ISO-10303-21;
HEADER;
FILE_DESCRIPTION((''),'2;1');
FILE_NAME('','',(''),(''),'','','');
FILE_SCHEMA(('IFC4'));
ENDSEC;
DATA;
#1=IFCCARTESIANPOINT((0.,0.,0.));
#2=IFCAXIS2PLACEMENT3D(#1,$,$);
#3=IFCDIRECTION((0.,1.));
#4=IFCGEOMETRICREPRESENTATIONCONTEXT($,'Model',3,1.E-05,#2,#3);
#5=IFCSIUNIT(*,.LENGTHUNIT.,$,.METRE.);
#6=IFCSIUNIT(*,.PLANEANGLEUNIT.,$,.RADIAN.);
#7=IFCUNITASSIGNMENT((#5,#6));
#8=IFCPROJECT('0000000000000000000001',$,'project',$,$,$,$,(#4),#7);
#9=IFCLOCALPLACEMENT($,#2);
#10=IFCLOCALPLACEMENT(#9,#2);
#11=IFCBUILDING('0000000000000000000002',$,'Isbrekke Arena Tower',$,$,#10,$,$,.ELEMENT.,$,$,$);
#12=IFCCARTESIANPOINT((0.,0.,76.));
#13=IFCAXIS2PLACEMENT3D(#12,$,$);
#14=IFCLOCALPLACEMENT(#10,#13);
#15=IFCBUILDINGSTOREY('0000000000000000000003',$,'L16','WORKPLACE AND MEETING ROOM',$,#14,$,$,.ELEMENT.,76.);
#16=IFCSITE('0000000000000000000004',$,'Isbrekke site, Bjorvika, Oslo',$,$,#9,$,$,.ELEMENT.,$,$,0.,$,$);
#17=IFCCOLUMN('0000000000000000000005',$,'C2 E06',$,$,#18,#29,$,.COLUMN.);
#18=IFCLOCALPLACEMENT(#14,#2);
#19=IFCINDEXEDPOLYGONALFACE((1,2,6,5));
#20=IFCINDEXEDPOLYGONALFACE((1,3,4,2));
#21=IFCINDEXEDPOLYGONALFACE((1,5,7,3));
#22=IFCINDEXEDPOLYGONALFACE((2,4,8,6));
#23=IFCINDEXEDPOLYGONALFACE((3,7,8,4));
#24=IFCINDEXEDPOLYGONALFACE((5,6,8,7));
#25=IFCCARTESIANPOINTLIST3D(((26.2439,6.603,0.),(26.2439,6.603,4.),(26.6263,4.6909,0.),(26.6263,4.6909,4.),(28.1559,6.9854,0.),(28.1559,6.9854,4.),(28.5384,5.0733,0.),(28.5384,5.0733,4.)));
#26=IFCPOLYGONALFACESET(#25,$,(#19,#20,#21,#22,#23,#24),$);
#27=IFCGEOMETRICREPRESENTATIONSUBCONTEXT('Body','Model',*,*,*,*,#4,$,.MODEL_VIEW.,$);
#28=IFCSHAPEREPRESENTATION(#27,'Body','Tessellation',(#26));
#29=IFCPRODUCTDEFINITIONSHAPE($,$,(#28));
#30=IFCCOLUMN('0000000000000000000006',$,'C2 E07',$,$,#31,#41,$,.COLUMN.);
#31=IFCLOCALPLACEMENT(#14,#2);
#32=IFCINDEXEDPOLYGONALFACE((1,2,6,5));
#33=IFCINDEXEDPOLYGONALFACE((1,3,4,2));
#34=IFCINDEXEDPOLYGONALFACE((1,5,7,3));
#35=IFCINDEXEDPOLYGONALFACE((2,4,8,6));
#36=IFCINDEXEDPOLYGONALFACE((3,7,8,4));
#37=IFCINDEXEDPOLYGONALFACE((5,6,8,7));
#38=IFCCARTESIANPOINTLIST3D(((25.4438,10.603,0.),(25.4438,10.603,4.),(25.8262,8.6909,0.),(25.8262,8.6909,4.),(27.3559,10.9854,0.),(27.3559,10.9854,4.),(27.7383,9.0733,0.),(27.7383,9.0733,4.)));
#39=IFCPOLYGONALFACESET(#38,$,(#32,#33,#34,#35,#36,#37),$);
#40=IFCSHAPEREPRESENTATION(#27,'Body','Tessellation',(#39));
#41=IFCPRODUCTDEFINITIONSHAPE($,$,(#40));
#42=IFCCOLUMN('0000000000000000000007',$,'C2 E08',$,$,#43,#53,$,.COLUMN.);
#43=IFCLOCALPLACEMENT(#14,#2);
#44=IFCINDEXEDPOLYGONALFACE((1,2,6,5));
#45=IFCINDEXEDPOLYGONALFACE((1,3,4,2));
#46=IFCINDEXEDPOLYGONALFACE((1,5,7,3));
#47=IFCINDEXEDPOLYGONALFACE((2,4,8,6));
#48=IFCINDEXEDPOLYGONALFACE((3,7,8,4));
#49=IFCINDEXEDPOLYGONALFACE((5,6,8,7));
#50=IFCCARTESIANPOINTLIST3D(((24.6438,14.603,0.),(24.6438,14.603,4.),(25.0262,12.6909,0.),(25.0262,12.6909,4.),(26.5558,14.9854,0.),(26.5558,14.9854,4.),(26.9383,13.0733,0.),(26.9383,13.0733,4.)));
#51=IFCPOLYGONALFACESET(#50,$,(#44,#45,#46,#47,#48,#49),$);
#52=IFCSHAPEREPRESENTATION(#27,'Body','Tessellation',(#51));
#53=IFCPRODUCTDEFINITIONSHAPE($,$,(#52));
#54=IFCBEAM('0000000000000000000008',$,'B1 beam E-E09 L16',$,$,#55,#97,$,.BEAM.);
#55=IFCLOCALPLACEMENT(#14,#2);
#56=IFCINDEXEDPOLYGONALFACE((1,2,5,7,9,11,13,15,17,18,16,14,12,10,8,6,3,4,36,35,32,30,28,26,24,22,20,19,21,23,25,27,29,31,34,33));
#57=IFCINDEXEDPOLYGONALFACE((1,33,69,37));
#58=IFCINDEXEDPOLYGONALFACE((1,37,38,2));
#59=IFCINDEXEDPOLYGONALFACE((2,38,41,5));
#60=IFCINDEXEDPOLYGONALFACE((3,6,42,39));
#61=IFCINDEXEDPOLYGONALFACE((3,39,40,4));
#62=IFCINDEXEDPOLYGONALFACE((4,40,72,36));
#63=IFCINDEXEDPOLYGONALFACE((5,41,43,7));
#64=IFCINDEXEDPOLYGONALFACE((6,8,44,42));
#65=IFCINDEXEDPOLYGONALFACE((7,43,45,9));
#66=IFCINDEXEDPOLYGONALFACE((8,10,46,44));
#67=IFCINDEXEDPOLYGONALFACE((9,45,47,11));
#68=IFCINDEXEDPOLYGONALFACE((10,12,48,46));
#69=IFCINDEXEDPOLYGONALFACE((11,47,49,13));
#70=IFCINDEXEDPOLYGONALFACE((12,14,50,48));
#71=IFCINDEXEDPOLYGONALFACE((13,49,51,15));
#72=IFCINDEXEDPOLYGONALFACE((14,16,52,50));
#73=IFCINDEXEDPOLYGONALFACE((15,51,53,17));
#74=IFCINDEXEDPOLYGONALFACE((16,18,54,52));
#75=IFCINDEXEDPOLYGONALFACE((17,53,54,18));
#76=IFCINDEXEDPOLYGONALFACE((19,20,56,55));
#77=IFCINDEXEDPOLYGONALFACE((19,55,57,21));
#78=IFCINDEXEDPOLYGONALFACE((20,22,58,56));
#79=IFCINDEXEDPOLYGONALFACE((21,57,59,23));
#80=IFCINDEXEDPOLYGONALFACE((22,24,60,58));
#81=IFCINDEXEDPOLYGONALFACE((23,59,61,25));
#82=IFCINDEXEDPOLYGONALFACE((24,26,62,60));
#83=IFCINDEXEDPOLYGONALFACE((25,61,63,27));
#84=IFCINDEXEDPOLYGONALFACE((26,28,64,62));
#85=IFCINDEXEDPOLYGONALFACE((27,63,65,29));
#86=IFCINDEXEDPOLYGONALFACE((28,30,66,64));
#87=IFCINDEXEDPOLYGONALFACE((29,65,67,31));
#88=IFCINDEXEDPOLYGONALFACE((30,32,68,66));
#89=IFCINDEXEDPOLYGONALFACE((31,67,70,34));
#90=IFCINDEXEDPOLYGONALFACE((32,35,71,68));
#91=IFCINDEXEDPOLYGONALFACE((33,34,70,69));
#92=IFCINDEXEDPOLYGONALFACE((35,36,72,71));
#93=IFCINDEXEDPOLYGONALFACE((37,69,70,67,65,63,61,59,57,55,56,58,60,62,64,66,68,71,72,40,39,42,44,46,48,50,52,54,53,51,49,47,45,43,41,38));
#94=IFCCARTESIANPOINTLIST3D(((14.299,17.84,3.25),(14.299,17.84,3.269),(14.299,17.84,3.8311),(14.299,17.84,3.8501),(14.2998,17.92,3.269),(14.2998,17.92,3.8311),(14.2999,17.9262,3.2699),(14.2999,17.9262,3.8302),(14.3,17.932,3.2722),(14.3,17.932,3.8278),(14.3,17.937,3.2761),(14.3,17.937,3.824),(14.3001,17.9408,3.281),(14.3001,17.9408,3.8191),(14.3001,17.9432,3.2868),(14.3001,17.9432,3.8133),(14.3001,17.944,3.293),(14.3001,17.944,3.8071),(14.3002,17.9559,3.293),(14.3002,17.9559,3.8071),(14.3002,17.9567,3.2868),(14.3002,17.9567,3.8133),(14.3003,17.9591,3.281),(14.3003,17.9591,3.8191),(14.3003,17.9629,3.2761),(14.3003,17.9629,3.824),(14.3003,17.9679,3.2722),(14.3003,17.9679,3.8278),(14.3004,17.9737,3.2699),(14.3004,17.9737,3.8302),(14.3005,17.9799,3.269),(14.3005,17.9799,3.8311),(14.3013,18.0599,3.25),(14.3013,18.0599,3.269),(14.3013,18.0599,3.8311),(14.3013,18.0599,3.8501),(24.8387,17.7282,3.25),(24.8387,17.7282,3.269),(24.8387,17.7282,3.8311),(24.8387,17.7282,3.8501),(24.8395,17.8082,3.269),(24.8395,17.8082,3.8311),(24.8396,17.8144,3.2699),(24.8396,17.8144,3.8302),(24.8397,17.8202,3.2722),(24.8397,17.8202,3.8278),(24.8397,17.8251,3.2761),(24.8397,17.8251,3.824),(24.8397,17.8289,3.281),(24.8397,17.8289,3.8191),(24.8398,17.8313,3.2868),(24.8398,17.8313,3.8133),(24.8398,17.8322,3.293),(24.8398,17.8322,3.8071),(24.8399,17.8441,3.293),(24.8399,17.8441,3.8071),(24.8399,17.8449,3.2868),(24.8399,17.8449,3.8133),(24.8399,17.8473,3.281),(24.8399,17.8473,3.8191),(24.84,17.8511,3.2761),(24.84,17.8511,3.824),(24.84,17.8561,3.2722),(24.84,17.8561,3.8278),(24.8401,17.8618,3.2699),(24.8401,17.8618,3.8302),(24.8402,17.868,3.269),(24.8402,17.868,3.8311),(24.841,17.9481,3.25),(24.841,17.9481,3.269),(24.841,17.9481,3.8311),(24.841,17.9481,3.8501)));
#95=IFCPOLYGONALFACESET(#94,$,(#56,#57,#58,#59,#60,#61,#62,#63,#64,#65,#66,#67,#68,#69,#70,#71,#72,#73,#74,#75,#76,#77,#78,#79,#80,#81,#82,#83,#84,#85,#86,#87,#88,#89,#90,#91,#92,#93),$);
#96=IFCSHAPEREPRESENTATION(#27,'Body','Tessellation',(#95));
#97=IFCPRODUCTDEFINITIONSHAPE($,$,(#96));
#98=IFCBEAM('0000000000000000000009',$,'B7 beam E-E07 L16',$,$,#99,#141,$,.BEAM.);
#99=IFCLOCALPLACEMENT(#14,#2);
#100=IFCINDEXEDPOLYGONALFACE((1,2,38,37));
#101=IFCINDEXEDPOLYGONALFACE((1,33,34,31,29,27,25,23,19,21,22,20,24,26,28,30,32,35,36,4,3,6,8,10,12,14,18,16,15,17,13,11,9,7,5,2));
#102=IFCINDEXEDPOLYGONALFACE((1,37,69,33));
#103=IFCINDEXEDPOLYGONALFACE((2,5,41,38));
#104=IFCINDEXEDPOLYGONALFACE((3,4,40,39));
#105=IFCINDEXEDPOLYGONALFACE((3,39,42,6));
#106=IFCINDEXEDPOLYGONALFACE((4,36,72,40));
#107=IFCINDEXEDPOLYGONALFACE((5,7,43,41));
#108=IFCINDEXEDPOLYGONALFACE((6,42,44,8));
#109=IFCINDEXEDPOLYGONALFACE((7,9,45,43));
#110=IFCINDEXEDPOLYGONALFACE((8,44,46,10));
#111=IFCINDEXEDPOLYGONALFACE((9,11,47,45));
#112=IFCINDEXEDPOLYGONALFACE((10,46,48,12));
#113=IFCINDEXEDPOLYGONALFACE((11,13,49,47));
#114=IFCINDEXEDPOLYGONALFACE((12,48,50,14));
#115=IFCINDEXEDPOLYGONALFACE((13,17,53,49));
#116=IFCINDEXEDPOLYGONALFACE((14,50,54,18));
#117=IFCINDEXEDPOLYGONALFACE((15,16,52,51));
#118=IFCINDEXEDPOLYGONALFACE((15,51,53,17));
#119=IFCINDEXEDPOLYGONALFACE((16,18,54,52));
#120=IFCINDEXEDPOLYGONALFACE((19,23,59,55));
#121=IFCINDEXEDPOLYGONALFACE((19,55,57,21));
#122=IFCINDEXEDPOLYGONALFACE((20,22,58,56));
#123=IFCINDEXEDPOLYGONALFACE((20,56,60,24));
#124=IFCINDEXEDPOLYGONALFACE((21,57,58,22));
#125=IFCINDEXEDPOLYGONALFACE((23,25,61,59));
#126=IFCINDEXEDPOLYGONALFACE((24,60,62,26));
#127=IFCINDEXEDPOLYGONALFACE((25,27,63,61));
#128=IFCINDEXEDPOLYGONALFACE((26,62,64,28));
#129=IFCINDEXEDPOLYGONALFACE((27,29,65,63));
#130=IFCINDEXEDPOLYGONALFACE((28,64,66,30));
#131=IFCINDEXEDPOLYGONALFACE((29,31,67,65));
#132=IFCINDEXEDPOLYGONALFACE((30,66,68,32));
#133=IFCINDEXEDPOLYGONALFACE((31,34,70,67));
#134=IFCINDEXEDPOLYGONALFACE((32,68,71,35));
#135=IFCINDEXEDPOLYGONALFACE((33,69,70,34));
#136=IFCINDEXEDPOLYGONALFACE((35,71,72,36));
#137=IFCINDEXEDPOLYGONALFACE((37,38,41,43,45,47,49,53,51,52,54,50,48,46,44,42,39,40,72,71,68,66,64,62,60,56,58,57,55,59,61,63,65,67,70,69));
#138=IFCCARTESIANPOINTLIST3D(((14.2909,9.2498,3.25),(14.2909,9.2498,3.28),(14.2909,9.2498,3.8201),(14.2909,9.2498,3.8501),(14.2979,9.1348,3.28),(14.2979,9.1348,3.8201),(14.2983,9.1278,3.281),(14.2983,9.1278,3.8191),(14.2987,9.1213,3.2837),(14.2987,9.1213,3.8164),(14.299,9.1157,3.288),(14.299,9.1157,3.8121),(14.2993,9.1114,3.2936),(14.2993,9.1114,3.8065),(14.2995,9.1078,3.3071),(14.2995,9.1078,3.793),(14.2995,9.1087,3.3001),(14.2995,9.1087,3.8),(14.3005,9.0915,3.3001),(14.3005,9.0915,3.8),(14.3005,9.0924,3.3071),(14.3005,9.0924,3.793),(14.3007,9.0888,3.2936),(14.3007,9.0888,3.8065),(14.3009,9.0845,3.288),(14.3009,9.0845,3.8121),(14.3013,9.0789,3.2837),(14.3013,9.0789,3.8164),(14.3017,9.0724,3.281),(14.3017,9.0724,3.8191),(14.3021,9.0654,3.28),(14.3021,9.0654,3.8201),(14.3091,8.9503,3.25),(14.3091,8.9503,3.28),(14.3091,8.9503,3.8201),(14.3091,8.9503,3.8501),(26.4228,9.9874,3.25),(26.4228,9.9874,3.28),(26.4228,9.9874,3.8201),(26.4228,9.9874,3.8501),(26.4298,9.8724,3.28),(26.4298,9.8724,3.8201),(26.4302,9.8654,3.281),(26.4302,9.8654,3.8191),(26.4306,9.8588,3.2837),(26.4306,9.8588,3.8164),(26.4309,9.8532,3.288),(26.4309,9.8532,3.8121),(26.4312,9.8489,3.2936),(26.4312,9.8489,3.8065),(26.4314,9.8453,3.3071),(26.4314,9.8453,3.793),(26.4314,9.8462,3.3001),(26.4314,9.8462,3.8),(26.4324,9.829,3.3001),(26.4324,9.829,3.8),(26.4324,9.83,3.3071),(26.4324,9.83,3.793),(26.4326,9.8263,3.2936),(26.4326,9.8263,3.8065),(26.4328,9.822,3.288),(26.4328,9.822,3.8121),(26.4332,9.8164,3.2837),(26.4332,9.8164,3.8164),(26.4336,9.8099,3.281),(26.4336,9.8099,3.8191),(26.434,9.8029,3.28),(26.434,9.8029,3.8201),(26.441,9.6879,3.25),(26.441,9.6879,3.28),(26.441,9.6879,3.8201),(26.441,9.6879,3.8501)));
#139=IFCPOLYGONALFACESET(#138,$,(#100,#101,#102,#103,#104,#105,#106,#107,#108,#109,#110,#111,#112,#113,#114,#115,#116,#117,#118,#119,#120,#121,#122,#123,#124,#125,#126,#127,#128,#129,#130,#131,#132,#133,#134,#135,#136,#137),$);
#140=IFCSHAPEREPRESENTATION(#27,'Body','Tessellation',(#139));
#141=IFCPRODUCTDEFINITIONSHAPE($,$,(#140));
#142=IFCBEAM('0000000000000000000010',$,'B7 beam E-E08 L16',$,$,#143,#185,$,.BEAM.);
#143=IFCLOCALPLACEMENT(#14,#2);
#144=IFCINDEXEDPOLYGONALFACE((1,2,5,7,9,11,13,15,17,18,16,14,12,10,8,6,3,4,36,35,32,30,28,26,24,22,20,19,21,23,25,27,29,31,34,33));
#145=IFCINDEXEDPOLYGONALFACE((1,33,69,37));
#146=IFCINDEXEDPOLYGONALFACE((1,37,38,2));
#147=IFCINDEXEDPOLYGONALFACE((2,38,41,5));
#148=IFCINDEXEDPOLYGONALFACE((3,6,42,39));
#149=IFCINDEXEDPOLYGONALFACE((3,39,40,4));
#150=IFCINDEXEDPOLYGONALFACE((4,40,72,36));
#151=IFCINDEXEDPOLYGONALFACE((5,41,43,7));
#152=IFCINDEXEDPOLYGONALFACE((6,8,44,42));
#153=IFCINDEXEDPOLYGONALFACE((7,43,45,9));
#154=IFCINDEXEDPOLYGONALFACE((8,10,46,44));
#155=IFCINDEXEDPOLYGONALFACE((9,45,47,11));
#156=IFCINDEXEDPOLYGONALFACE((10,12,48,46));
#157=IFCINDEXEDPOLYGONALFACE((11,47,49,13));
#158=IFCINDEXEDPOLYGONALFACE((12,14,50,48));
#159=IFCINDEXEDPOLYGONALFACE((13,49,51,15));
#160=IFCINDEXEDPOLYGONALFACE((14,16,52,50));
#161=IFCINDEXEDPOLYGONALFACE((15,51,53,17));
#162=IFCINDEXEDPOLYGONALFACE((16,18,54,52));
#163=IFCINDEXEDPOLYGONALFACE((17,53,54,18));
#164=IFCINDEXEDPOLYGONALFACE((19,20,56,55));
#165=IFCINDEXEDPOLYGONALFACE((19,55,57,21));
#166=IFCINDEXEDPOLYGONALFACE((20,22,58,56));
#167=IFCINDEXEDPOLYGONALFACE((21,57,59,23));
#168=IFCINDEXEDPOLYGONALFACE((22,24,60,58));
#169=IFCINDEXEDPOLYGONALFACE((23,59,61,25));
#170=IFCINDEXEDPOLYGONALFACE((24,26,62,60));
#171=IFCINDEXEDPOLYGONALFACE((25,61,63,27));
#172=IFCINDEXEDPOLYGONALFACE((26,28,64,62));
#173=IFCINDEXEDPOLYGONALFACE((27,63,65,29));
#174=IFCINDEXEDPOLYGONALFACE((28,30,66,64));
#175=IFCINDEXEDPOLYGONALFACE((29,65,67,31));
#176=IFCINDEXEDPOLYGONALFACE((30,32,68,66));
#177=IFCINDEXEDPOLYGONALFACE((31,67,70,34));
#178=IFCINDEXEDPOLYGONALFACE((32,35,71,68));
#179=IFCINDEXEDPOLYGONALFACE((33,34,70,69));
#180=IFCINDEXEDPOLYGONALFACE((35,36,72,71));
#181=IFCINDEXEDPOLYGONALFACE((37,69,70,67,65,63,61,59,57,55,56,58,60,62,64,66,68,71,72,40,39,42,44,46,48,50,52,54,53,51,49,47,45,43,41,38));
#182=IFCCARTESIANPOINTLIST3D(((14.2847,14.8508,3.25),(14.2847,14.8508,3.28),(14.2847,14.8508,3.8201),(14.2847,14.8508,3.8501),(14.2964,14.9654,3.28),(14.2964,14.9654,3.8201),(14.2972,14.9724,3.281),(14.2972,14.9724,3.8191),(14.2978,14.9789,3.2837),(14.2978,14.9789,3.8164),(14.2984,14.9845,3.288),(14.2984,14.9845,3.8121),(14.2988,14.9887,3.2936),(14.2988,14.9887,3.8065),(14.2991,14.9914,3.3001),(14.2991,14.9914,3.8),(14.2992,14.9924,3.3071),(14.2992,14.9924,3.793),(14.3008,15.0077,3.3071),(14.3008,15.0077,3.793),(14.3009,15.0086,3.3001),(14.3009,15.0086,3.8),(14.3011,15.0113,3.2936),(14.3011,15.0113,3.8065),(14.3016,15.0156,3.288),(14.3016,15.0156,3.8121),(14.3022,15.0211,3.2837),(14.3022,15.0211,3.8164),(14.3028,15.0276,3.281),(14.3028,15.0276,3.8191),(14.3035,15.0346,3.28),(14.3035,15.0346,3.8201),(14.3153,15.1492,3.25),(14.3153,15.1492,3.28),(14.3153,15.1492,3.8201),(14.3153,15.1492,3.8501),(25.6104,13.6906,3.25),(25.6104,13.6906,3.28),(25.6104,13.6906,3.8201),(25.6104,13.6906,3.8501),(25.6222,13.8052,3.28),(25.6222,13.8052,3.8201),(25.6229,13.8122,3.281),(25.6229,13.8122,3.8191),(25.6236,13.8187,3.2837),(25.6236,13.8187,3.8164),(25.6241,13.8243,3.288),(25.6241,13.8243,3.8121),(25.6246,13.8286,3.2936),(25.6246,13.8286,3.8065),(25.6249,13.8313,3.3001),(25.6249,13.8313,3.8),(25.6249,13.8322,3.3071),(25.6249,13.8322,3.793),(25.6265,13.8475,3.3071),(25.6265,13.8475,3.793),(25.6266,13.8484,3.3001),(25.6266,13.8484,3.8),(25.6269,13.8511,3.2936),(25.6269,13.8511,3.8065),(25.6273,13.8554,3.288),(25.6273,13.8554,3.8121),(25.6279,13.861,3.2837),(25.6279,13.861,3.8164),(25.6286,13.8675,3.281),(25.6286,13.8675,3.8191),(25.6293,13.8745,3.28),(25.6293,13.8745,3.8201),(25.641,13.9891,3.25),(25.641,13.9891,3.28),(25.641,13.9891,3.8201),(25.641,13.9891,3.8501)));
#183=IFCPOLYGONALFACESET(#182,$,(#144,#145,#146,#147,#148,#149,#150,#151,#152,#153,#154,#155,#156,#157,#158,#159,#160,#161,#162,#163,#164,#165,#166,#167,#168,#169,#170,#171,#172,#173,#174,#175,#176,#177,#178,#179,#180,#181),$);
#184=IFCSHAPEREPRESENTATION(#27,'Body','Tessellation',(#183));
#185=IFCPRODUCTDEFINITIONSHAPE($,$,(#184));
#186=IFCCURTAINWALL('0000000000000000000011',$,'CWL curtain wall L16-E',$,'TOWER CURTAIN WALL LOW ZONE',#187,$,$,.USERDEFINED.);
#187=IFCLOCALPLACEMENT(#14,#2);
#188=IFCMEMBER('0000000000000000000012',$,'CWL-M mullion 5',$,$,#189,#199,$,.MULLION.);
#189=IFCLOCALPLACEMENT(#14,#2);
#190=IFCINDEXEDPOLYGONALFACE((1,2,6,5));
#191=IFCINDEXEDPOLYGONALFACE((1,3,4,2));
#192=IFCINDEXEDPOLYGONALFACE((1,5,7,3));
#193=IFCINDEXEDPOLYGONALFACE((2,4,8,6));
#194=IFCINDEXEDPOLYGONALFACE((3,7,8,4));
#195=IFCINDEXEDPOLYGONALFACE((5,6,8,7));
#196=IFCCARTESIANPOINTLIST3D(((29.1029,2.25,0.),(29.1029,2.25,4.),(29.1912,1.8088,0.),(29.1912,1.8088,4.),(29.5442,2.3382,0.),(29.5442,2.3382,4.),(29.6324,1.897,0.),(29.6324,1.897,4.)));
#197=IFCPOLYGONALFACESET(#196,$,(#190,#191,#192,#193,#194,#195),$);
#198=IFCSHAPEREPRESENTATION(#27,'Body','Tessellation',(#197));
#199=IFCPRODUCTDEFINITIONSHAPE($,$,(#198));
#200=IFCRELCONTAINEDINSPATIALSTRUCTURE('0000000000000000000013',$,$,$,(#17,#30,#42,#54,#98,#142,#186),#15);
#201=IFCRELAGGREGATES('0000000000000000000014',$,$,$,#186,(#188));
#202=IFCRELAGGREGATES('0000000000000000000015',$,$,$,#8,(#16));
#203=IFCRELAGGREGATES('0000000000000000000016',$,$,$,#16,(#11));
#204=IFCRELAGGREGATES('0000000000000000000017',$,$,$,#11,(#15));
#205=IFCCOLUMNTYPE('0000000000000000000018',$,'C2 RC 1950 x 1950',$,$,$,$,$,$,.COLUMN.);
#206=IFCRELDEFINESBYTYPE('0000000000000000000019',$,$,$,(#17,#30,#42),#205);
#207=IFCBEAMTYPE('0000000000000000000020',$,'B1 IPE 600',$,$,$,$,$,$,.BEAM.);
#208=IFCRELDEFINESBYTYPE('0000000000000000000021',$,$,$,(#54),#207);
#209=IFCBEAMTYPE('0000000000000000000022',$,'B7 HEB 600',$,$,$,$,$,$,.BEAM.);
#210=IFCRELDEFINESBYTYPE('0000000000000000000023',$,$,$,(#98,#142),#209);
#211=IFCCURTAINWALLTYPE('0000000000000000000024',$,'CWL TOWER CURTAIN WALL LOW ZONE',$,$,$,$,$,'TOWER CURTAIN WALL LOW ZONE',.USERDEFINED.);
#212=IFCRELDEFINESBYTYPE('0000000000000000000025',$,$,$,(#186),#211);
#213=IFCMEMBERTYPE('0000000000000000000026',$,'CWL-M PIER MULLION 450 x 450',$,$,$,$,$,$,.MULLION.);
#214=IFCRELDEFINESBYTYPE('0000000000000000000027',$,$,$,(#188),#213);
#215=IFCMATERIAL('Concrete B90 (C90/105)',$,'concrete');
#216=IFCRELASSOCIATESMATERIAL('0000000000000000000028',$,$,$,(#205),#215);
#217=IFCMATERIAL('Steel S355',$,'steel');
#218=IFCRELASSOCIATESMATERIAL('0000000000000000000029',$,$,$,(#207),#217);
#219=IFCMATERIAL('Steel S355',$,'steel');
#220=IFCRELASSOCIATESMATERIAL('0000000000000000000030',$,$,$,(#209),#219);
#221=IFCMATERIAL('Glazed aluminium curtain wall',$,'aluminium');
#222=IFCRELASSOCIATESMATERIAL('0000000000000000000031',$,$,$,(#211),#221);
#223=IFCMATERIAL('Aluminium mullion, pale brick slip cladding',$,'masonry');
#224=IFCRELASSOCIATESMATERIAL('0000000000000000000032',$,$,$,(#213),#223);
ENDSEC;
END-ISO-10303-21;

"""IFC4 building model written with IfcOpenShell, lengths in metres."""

from ifc_helpers import new_model, si_unit, direction, frame, origin, origin_2d, place, context, subcontext, project, spatial, rectangle, i_section, extrude, material, material_profile, profile_set, type_object, element, aggregate, save


model = new_model("IFC4")

# Units and contexts
model_context = context("Model", 3, precision=1e-05, world=origin(), true_north=direction((0.0, 1.0)))
body_context = subcontext(model_context, "Body", "Model", "MODEL_VIEW")
ifc_project = project(units=[si_unit("LENGTHUNIT", "METRE"), si_unit("PLANEANGLEUNIT", "RADIAN")], contexts=[model_context])

# Site, building, storey
site_placement = place(None, origin())
site = spatial("IfcSite", under=ifc_project, at=site_placement, Name="Isbrekke site, Bjorvika, Oslo", CompositionType="ELEMENT", RefElevation=0.0)
building_placement = place(site_placement, origin())
building = spatial("IfcBuilding", under=site, at=building_placement, Name="Isbrekke Arena Tower", CompositionType="ELEMENT")
storey_placement = place(building_placement, frame((0.0, 0.0, 76.0)))
storey = spatial("IfcBuildingStorey", under=building, at=storey_placement, Name="L16", Description="WORKPLACE AND MEETING ROOM", CompositionType="ELEMENT", Elevation=76.0)

# Columns
ifc_material_1 = material(Name="Concrete B90 (C90/105)", Category="concrete")
ifc_material_profile_1 = material_profile(ifc_material_1, rectangle(XDim=1.95, YDim=1.95, at=origin_2d()), Name="RC 1950x1950")
ifc_profile_set_1 = profile_set([ifc_material_profile_1], Name="Concrete B90 (C90/105)")
column_type = type_object("IfcColumnType", Name="C2 RC 1950 x 1950", PredefinedType="COLUMN", material=ifc_profile_set_1)
for number, where, z_axis, x_axis, name in (
    (1, (27.3911, 5.8381, 0.0), (0.0, 0.0, 1.0), (-0.196116, 0.980581, 0.0), "C2 E06"),
    (2, (26.5911, 9.8381, 0.0), (0.0, 0.0, 1.0), (-0.196116, 0.980581, 0.0), "C2 E07"),
    (3, (25.791, 13.8381, 0.0), (0.0, 0.0, 1.0), (-0.196116, 0.980581, 0.0), "C2 E08"),
):
    element("IfcColumn", number, at=place(storey_placement, frame(where, z_axis=z_axis, x_axis=x_axis)), inside=storey, type_object=column_type, Name=name, PredefinedType="COLUMN", context=body_context, shape_type="SweptSolid", body=[
        extrude(rectangle(XDim=1.95, YDim=1.95, at=origin_2d()), origin(), (0.0, 0.0, 1.0), 4.0),
    ])

# Beams
ifc_material_2 = material(Name="Steel S355", Category="steel")
ifc_material_profile_2 = material_profile(ifc_material_2, i_section(OverallWidth=0.22, OverallDepth=0.6001, WebThickness=0.012, FlangeThickness=0.019, FilletRadius=0.0239, at=origin_2d()), Name="IPE 600")
ifc_profile_set_2 = profile_set([ifc_material_profile_2], Name="Steel S355")
beam_type_1 = type_object("IfcBeamType", Name="B1 IPE 600", PredefinedType="BEAM", material=ifc_profile_set_2)
beam_1_placement = place(storey_placement, frame((24.8398, 17.8381, 3.55), z_axis=(-0.999944, 0.010608, 0.0), x_axis=(-0.010608, -0.999944, 0.0)))
element("IfcBeam", 4, at=beam_1_placement, inside=storey, type_object=beam_type_1, Name="B1 beam E-E09 L16", PredefinedType="BEAM", context=body_context, shape_type="SweptSolid", body=[
    extrude(i_section(OverallWidth=0.22, OverallDepth=0.6001, WebThickness=0.012, FlangeThickness=0.019, FilletRadius=0.0239, at=origin_2d()), origin(), (0.0, 0.0, 1.0), 10.5403),
])
ifc_material_3 = material(Name="Steel S355", Category="steel")
ifc_material_profile_3 = material_profile(ifc_material_3, i_section(OverallWidth=0.3, OverallDepth=0.6001, WebThickness=0.0154, FlangeThickness=0.03, FilletRadius=0.0271, at=origin_2d()), Name="HEB 600")
ifc_profile_set_3 = profile_set([ifc_material_profile_3], Name="Steel S355")
beam_type_2 = type_object("IfcBeamType", Name="B7 HEB 600", PredefinedType="BEAM", material=ifc_profile_set_3)
beam_2_placement = place(storey_placement, frame((26.4319, 9.8376, 3.55), z_axis=(-0.998157, -0.060682, 0.0), x_axis=(0.060682, -0.998157, 0.0)))
element("IfcBeam", 5, at=beam_2_placement, inside=storey, type_object=beam_type_2, Name="B7 beam E-E07 L16", PredefinedType="BEAM", context=body_context, shape_type="SweptSolid", body=[
    extrude(i_section(OverallWidth=0.3, OverallDepth=0.6001, WebThickness=0.0154, FlangeThickness=0.03, FilletRadius=0.0271, at=origin_2d()), origin(), (0.0, 0.0, 1.0), 12.1543),
])
beam_3_placement = place(storey_placement, frame((25.6257, 13.8398, 3.55), z_axis=(-0.994794, 0.101903, 0.0), x_axis=(-0.101903, -0.994794, 0.0)))
element("IfcBeam", 6, at=beam_3_placement, inside=storey, type_object=beam_type_2, Name="B7 beam E-E08 L16", PredefinedType="BEAM", context=body_context, shape_type="SweptSolid", body=[
    extrude(i_section(OverallWidth=0.3, OverallDepth=0.6001, WebThickness=0.0154, FlangeThickness=0.03, FilletRadius=0.0271, at=origin_2d()), origin(), (0.0, 0.0, 1.0), 11.385),
])

# Curtain wall, member
ifc_material_4 = material(Name="Glazed aluminium curtain wall", Category="aluminium")
curtain_wall_type = type_object("IfcCurtainWallType", Name="CWL TOWER CURTAIN WALL LOW ZONE", ElementType="TOWER CURTAIN WALL LOW ZONE", PredefinedType="USERDEFINED", material=ifc_material_4)
curtain_wall_placement = place(storey_placement, origin())
curtain_wall = element("IfcCurtainWall", 7, at=curtain_wall_placement, inside=storey, type_object=curtain_wall_type, Name="CWL curtain wall L16-E", ObjectType="TOWER CURTAIN WALL LOW ZONE", PredefinedType="USERDEFINED")
ifc_material_5 = material(Name="Aluminium mullion, pale brick slip cladding", Category="masonry")
ifc_material_profile_4 = material_profile(ifc_material_5, rectangle(XDim=0.45, YDim=0.45, at=origin_2d()), Name="PIER 450X450")
ifc_profile_set_4 = profile_set([ifc_material_profile_4], Name="Aluminium mullion, pale brick slip cladding")
member_type_1 = type_object("IfcMemberType", Name="CWL-M PIER MULLION 450 x 450", PredefinedType="MULLION", material=ifc_profile_set_4)
member_1_placement = place(storey_placement, frame((29.3677, 2.0735, 0.0), z_axis=(0.0, 0.0, 1.0), x_axis=(-0.196116, 0.980581, 0.0)))
member_1 = element("IfcMember", 8, at=member_1_placement, type_object=member_type_1, Name="CWL-M mullion 5", PredefinedType="MULLION", context=body_context, shape_type="SweptSolid", body=[
    extrude(rectangle(XDim=0.45, YDim=0.45, at=origin_2d()), origin(), (0.0, 0.0, 1.0), 4.0),
])

aggregate(curtain_wall, [member_1])

save(model, "model.ifc")
